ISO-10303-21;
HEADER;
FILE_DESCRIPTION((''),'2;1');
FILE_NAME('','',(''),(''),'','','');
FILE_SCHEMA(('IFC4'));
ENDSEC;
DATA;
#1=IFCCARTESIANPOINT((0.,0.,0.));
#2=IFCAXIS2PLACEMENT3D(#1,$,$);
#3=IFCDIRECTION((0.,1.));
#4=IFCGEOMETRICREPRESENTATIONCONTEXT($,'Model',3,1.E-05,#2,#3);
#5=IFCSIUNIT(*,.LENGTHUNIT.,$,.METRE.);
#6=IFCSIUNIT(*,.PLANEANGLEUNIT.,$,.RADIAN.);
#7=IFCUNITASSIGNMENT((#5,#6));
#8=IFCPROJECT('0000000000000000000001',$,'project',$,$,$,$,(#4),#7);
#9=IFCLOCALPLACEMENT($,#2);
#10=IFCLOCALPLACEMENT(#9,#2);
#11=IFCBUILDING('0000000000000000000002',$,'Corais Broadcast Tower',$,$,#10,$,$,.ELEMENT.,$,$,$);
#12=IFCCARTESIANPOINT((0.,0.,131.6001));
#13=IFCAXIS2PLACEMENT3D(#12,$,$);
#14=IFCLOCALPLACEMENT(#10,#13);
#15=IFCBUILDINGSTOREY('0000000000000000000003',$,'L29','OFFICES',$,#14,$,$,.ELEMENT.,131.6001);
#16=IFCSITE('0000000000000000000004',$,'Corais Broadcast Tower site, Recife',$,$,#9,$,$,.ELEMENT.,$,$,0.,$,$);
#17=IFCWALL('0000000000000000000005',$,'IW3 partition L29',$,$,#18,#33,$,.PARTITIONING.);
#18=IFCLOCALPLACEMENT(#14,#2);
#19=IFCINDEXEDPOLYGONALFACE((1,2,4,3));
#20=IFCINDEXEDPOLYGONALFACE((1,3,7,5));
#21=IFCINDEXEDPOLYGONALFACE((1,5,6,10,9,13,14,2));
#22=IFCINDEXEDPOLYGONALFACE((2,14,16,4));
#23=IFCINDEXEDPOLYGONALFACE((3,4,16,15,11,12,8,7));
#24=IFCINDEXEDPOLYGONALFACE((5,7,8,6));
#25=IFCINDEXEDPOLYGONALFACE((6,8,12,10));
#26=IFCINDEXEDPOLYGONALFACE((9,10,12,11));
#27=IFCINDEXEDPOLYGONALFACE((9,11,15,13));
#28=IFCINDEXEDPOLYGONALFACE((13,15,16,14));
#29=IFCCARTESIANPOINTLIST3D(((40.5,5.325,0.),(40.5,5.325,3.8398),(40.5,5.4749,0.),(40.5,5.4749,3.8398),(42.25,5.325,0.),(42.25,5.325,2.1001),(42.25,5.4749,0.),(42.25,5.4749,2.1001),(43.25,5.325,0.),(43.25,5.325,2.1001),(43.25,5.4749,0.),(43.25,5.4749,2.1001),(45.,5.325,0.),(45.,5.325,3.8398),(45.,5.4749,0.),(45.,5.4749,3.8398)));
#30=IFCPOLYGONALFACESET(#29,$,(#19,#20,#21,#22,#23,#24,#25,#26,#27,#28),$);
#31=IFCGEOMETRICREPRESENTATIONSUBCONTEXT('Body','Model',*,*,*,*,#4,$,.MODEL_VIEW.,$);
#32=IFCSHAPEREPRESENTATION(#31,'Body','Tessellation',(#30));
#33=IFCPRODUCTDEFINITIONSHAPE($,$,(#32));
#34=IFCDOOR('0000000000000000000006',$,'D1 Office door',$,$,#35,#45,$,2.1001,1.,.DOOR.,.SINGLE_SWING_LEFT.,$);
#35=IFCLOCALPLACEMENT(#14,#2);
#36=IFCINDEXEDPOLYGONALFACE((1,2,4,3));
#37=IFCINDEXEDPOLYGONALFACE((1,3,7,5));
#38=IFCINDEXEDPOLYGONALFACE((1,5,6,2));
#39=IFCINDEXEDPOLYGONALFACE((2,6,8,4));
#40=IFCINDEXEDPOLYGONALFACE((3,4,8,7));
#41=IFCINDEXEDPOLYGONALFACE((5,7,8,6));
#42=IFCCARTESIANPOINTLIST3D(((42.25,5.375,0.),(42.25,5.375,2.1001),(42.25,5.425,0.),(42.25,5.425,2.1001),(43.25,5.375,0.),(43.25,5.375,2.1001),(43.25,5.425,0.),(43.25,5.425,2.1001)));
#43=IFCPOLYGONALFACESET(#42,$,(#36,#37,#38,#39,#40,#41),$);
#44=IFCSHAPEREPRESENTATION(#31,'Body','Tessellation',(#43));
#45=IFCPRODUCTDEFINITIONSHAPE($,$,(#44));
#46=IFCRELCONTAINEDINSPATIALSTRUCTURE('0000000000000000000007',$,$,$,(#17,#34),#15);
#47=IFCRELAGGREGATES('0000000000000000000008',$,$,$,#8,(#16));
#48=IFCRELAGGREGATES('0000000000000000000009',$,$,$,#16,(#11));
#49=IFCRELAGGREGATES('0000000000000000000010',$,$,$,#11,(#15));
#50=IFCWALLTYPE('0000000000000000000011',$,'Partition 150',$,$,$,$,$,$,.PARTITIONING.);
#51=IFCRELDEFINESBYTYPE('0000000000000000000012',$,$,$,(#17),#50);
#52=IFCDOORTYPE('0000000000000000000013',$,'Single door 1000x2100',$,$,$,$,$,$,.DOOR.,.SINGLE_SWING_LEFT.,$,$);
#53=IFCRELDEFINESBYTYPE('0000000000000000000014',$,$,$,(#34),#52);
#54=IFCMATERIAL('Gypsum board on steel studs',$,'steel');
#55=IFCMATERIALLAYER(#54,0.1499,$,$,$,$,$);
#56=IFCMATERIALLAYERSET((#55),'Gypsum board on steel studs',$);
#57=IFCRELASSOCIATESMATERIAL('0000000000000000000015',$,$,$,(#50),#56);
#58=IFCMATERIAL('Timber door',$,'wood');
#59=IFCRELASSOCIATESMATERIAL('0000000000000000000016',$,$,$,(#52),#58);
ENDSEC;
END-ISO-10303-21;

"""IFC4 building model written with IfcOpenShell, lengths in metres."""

from ifc_helpers import new_model, si_unit, direction, frame, frame_2d, origin, place, context, subcontext, project, spatial, rectangle, extrude, material, layer, layer_set, type_object, element, fill, save


model = new_model("IFC4")

# Units and contexts
model_context = context("Model", 3, precision=1e-05, world=origin(), true_north=direction((0.0, 1.0)))
body_context = subcontext(model_context, "Body", "Model", "MODEL_VIEW")
ifc_project = project(units=[si_unit("LENGTHUNIT", "METRE"), si_unit("PLANEANGLEUNIT", "RADIAN")], contexts=[model_context])

# Site, building, storey
site_placement = place(None, origin())
site = spatial("IfcSite", under=ifc_project, at=site_placement, Name="Corais Broadcast Tower site, Recife", CompositionType="ELEMENT", RefElevation=0.0)
building_placement = place(site_placement, origin())
building = spatial("IfcBuilding", under=site, at=building_placement, Name="Corais Broadcast Tower", CompositionType="ELEMENT")
storey_placement = place(building_placement, frame((0.0, 0.0, 131.6001)))
storey = spatial("IfcBuildingStorey", under=building, at=storey_placement, Name="L29", Description="OFFICES", CompositionType="ELEMENT", Elevation=131.6001)

# Shared definitions
ifc_material_1 = material(Name="Gypsum board on steel studs", Category="steel")
ifc_layer_1 = layer(ifc_material_1, 0.1499)
ifc_layer_set_1 = layer_set([ifc_layer_1], Name="Gypsum board on steel studs")
wall_type = type_object("IfcWallType", Name="Partition 150", PredefinedType="PARTITIONING", material=ifc_layer_set_1)

# Wall, opening, door
wall_1_placement = place(storey_placement, frame((45.0, 5.3999, 0.0), z_axis=(0.0, 0.0, 1.0), x_axis=(-1.0, 0.0, 0.0)))
wall_1 = element("IfcWall", 1, at=wall_1_placement, inside=storey, type_object=wall_type, Name="IW3 partition L29", PredefinedType="PARTITIONING", context=body_context, shape_type="SweptSolid", body=[
    extrude(rectangle(XDim=4.5, YDim=0.1499, at=frame_2d((2.25, 0.0))), origin(), (0.0, 0.0, 1.0), 3.8398),
])
opening_placement = place(wall_1_placement, frame((1.75, 0.0, 0.0)))
opening = element("IfcOpeningElement", 2, at=opening_placement, cuts=wall_1, PredefinedType="OPENING", context=body_context, shape_type="SweptSolid", body=[
    extrude(rectangle(XDim=1.0, YDim=2.1001, at=frame_2d((0.5, 1.05))), frame((0.0, 0.085, 0.0), z_axis=(0.0, -1.0, 0.0), x_axis=(1.0, 0.0, 0.0)), (0.0, 0.0, 1.0), 0.1699),
])
ifc_material_2 = material(Name="Timber door", Category="wood")
door_type = type_object("IfcDoorType", Name="Single door 1000x2100", OperationType="SINGLE_SWING_LEFT", PredefinedType="DOOR", material=ifc_material_2)
door_placement = place(opening_placement, origin())
door = element("IfcDoor", 3, at=door_placement, inside=storey, type_object=door_type, Name="D1 Office door", OperationType="SINGLE_SWING_LEFT", OverallHeight=2.1001, OverallWidth=1.0, PredefinedType="DOOR", context=body_context, shape_type="SweptSolid", body=[
    extrude(rectangle(XDim=1.0, YDim=2.1001, at=frame_2d((0.5, 1.05))), frame((0.0, 0.0249, 0.0), z_axis=(0.0, -1.0, 0.0), x_axis=(1.0, 0.0, 0.0)), (0.0, 0.0, 1.0), 0.05),
])
fill(opening, door)

save(model, "model.ifc")
